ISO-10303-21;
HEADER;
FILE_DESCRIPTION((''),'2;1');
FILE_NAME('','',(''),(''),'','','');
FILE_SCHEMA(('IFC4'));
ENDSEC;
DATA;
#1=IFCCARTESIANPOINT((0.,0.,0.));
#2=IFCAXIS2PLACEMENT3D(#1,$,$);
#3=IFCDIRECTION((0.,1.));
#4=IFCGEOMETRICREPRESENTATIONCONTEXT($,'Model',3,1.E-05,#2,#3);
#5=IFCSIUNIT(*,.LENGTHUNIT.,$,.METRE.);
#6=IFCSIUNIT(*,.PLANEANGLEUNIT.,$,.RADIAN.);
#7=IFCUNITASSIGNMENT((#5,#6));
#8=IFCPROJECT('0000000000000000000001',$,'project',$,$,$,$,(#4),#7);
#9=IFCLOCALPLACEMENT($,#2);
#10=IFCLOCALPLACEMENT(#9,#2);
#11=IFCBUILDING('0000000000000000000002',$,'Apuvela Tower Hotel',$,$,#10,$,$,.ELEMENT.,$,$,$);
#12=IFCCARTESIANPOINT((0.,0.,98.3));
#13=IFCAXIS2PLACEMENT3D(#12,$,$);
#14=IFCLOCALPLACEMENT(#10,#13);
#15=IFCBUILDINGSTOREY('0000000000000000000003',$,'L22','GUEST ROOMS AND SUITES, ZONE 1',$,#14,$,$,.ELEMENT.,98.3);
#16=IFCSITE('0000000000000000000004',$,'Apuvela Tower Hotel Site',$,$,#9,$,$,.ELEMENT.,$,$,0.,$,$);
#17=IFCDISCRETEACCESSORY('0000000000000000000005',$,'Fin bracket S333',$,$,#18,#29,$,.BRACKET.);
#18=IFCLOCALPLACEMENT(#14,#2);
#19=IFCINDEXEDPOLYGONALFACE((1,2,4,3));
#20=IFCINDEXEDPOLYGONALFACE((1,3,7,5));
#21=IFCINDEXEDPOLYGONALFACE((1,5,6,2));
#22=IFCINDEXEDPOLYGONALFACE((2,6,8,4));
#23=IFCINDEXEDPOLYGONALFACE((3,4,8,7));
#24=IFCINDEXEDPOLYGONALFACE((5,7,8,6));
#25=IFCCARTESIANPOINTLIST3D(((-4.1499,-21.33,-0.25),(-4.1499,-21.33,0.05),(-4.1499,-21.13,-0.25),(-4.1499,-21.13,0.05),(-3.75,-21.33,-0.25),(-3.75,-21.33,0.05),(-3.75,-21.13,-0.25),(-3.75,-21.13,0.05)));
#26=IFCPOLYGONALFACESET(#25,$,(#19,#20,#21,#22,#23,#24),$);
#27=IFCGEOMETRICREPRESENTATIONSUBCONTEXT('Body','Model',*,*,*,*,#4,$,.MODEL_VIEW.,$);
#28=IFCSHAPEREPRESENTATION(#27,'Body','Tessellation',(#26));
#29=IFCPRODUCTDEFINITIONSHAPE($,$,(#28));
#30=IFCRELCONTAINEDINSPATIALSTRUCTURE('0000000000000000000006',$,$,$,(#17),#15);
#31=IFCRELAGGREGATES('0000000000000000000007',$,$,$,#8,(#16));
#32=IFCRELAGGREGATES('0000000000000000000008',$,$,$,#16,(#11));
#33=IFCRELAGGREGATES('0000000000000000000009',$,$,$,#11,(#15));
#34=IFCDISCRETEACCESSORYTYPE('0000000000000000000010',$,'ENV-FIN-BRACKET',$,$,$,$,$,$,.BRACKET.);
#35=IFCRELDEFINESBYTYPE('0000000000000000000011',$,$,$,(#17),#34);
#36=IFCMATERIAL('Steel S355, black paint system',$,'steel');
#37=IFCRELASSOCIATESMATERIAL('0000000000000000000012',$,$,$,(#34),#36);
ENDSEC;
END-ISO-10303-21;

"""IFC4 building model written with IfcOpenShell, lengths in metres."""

from ifc_helpers import new_model, si_unit, direction, frame, origin, origin_2d, place, context, subcontext, project, spatial, rectangle, extrude, material, type_object, element, save


model = new_model("IFC4")

# Units and contexts
model_context = context("Model", 3, precision=1e-05, world=origin(), true_north=direction((0.0, 1.0)))
body_context = subcontext(model_context, "Body", "Model", "MODEL_VIEW")
ifc_project = project(units=[si_unit("LENGTHUNIT", "METRE"), si_unit("PLANEANGLEUNIT", "RADIAN")], contexts=[model_context])

# Site, building, storey
site_placement = place(None, origin())
site = spatial("IfcSite", under=ifc_project, at=site_placement, Name="Apuvela Tower Hotel Site", CompositionType="ELEMENT", RefElevation=0.0)
building_placement = place(site_placement, origin())
building = spatial("IfcBuilding", under=site, at=building_placement, Name="Apuvela Tower Hotel", CompositionType="ELEMENT")
storey_placement = place(building_placement, frame((0.0, 0.0, 98.3)))
storey = spatial("IfcBuildingStorey", under=building, at=storey_placement, Name="L22", Description="GUEST ROOMS AND SUITES, ZONE 1", CompositionType="ELEMENT", Elevation=98.3)

# Discrete accessory
ifc_material_1 = material(Name="Steel S355, black paint system", Category="steel")
discrete_accessory_type = type_object("IfcDiscreteAccessoryType", Name="ENV-FIN-BRACKET", PredefinedType="BRACKET", material=ifc_material_1)
for number, where, z_axis, x_axis, name in (
    (1, (-3.95, -21.23, -0.25), (0.0, 0.0, 1.0), (1.0, 0.0, 0.0), "Fin bracket S333"),
):
    element("IfcDiscreteAccessory", number, at=place(storey_placement, frame(where, z_axis=z_axis, x_axis=x_axis)), inside=storey, type_object=discrete_accessory_type, Name=name, PredefinedType="BRACKET", context=body_context, shape_type="SweptSolid", body=[
        extrude(rectangle(XDim=0.3999, YDim=0.2, at=origin_2d()), origin(), (0.0, 0.0, 1.0), 0.3),
    ])

save(model, "model.ifc")
